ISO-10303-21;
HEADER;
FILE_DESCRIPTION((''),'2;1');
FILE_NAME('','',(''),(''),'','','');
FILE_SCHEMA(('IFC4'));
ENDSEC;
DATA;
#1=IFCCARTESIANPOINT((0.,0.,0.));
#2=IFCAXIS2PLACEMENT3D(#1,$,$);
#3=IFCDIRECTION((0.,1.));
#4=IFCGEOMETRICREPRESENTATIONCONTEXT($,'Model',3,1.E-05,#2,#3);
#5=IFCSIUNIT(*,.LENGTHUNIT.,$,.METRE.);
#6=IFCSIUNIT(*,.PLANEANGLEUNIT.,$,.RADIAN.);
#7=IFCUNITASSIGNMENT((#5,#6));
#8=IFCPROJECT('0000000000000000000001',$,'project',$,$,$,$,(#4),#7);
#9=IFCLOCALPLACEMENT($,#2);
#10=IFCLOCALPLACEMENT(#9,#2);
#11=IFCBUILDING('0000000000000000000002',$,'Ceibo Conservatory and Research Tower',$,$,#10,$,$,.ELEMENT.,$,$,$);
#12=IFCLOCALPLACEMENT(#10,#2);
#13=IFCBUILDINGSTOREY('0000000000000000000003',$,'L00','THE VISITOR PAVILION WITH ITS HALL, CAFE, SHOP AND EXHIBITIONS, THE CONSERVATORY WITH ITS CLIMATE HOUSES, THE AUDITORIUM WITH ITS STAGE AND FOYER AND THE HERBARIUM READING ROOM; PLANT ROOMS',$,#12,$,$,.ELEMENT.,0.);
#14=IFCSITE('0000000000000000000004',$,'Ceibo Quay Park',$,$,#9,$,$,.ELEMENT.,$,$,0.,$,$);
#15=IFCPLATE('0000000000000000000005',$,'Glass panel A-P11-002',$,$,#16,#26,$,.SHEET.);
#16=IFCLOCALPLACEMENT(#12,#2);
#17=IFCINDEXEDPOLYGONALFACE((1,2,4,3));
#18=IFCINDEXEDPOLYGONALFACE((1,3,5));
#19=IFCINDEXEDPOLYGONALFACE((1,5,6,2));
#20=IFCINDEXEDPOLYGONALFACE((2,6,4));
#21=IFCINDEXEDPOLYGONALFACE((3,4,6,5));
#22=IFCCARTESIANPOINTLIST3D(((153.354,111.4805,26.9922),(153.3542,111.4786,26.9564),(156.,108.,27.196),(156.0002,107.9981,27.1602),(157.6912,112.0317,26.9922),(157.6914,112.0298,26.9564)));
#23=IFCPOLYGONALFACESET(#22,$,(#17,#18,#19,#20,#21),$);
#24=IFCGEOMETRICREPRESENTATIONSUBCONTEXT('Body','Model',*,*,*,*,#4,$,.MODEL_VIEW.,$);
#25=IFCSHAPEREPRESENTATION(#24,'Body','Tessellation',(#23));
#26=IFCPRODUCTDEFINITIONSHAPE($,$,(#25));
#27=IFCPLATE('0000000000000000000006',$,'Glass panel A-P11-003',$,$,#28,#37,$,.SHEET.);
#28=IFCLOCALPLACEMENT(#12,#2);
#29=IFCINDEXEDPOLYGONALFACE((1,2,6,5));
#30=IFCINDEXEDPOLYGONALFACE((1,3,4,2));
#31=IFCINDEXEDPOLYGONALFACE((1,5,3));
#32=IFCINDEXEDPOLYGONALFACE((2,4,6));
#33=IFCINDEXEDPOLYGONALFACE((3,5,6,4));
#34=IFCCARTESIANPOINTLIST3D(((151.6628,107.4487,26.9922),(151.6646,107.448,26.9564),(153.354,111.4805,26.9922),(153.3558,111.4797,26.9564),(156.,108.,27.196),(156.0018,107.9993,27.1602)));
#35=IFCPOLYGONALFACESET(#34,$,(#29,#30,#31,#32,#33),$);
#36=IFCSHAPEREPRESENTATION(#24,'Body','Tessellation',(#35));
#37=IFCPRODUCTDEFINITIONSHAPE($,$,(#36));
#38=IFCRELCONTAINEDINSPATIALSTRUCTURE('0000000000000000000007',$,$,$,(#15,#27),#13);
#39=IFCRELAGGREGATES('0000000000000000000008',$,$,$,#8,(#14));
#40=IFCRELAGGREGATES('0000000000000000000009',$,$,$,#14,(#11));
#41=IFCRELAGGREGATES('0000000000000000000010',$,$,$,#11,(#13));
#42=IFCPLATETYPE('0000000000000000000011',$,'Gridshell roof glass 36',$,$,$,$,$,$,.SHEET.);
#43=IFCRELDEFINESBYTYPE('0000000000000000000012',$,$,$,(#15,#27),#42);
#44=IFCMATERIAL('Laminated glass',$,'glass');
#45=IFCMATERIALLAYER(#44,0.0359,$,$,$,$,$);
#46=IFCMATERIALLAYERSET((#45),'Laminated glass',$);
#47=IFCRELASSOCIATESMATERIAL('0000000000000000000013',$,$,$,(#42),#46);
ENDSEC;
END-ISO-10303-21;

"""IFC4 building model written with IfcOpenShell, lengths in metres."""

from ifc_helpers import new_model, si_unit, direction, frame, origin, place, context, subcontext, project, spatial, polyline, outline, extrude, material, layer, layer_set, type_object, element, save


model = new_model("IFC4")

# Units and contexts
model_context = context("Model", 3, precision=1e-05, world=origin(), true_north=direction((0.0, 1.0)))
body_context = subcontext(model_context, "Body", "Model", "MODEL_VIEW")
ifc_project = project(units=[si_unit("LENGTHUNIT", "METRE"), si_unit("PLANEANGLEUNIT", "RADIAN")], contexts=[model_context])

# Site, building, storey
site_placement = place(None, origin())
site = spatial("IfcSite", under=ifc_project, at=site_placement, Name="Ceibo Quay Park", CompositionType="ELEMENT", RefElevation=0.0)
building_placement = place(site_placement, origin())
building = spatial("IfcBuilding", under=site, at=building_placement, Name="Ceibo Conservatory and Research Tower", CompositionType="ELEMENT")
storey_placement = place(building_placement, origin())
storey = spatial("IfcBuildingStorey", under=building, at=storey_placement, Name="L00", Description="THE VISITOR PAVILION WITH ITS HALL, CAFE, SHOP AND EXHIBITIONS, THE CONSERVATORY WITH ITS CLIMATE HOUSES, THE AUDITORIUM WITH ITS STAGE AND FOYER AND THE HERBARIUM READING ROOM; PLANT ROOMS", CompositionType="ELEMENT", Elevation=0.0)

# Plates
ifc_material_1 = material(Name="Laminated glass", Category="glass")
ifc_layer = layer(ifc_material_1, 0.0359)
ifc_layer_set = layer_set([ifc_layer], Name="Laminated glass")
plate_type = type_object("IfcPlateType", Name="Gridshell roof glass 36", PredefinedType="SHEET", material=ifc_layer_set)
plate_1_placement = place(storey_placement, frame((157.6912, 112.0317, 26.9922), z_axis=(-0.006779, 0.053334, 0.998554), x_axis=(-0.992019, -0.126089, 0.0)))
element("IfcPlate", 1, at=plate_1_placement, inside=storey, type_object=plate_type, Name="Glass panel A-P11-002", PredefinedType="SHEET", context=body_context, shape_type="SweptSolid", body=[
    extrude(outline(polyline([(0.0, 0.0), (4.3721, 0.0), (2.186, 3.7918), (0.0, 0.0)])), origin(), (0.0, 0.0, -1.0), 0.0359),
])
plate_2_placement = place(storey_placement, frame((153.354, 111.4805, 26.9922), z_axis=(-0.049578, 0.020796, 0.998554), x_axis=(-0.386811, -0.922159, 0.0)))
element("IfcPlate", 2, at=plate_2_placement, inside=storey, type_object=plate_type, Name="Glass panel A-P11-003", PredefinedType="SHEET", context=body_context, shape_type="SweptSolid", body=[
    extrude(outline(polyline([(0.0, 0.0), (4.3721, 0.0), (2.186, 3.7918), (0.0, 0.0)])), origin(), (0.0, 0.0, -1.0), 0.0359),
])

save(model, "model.ifc")
